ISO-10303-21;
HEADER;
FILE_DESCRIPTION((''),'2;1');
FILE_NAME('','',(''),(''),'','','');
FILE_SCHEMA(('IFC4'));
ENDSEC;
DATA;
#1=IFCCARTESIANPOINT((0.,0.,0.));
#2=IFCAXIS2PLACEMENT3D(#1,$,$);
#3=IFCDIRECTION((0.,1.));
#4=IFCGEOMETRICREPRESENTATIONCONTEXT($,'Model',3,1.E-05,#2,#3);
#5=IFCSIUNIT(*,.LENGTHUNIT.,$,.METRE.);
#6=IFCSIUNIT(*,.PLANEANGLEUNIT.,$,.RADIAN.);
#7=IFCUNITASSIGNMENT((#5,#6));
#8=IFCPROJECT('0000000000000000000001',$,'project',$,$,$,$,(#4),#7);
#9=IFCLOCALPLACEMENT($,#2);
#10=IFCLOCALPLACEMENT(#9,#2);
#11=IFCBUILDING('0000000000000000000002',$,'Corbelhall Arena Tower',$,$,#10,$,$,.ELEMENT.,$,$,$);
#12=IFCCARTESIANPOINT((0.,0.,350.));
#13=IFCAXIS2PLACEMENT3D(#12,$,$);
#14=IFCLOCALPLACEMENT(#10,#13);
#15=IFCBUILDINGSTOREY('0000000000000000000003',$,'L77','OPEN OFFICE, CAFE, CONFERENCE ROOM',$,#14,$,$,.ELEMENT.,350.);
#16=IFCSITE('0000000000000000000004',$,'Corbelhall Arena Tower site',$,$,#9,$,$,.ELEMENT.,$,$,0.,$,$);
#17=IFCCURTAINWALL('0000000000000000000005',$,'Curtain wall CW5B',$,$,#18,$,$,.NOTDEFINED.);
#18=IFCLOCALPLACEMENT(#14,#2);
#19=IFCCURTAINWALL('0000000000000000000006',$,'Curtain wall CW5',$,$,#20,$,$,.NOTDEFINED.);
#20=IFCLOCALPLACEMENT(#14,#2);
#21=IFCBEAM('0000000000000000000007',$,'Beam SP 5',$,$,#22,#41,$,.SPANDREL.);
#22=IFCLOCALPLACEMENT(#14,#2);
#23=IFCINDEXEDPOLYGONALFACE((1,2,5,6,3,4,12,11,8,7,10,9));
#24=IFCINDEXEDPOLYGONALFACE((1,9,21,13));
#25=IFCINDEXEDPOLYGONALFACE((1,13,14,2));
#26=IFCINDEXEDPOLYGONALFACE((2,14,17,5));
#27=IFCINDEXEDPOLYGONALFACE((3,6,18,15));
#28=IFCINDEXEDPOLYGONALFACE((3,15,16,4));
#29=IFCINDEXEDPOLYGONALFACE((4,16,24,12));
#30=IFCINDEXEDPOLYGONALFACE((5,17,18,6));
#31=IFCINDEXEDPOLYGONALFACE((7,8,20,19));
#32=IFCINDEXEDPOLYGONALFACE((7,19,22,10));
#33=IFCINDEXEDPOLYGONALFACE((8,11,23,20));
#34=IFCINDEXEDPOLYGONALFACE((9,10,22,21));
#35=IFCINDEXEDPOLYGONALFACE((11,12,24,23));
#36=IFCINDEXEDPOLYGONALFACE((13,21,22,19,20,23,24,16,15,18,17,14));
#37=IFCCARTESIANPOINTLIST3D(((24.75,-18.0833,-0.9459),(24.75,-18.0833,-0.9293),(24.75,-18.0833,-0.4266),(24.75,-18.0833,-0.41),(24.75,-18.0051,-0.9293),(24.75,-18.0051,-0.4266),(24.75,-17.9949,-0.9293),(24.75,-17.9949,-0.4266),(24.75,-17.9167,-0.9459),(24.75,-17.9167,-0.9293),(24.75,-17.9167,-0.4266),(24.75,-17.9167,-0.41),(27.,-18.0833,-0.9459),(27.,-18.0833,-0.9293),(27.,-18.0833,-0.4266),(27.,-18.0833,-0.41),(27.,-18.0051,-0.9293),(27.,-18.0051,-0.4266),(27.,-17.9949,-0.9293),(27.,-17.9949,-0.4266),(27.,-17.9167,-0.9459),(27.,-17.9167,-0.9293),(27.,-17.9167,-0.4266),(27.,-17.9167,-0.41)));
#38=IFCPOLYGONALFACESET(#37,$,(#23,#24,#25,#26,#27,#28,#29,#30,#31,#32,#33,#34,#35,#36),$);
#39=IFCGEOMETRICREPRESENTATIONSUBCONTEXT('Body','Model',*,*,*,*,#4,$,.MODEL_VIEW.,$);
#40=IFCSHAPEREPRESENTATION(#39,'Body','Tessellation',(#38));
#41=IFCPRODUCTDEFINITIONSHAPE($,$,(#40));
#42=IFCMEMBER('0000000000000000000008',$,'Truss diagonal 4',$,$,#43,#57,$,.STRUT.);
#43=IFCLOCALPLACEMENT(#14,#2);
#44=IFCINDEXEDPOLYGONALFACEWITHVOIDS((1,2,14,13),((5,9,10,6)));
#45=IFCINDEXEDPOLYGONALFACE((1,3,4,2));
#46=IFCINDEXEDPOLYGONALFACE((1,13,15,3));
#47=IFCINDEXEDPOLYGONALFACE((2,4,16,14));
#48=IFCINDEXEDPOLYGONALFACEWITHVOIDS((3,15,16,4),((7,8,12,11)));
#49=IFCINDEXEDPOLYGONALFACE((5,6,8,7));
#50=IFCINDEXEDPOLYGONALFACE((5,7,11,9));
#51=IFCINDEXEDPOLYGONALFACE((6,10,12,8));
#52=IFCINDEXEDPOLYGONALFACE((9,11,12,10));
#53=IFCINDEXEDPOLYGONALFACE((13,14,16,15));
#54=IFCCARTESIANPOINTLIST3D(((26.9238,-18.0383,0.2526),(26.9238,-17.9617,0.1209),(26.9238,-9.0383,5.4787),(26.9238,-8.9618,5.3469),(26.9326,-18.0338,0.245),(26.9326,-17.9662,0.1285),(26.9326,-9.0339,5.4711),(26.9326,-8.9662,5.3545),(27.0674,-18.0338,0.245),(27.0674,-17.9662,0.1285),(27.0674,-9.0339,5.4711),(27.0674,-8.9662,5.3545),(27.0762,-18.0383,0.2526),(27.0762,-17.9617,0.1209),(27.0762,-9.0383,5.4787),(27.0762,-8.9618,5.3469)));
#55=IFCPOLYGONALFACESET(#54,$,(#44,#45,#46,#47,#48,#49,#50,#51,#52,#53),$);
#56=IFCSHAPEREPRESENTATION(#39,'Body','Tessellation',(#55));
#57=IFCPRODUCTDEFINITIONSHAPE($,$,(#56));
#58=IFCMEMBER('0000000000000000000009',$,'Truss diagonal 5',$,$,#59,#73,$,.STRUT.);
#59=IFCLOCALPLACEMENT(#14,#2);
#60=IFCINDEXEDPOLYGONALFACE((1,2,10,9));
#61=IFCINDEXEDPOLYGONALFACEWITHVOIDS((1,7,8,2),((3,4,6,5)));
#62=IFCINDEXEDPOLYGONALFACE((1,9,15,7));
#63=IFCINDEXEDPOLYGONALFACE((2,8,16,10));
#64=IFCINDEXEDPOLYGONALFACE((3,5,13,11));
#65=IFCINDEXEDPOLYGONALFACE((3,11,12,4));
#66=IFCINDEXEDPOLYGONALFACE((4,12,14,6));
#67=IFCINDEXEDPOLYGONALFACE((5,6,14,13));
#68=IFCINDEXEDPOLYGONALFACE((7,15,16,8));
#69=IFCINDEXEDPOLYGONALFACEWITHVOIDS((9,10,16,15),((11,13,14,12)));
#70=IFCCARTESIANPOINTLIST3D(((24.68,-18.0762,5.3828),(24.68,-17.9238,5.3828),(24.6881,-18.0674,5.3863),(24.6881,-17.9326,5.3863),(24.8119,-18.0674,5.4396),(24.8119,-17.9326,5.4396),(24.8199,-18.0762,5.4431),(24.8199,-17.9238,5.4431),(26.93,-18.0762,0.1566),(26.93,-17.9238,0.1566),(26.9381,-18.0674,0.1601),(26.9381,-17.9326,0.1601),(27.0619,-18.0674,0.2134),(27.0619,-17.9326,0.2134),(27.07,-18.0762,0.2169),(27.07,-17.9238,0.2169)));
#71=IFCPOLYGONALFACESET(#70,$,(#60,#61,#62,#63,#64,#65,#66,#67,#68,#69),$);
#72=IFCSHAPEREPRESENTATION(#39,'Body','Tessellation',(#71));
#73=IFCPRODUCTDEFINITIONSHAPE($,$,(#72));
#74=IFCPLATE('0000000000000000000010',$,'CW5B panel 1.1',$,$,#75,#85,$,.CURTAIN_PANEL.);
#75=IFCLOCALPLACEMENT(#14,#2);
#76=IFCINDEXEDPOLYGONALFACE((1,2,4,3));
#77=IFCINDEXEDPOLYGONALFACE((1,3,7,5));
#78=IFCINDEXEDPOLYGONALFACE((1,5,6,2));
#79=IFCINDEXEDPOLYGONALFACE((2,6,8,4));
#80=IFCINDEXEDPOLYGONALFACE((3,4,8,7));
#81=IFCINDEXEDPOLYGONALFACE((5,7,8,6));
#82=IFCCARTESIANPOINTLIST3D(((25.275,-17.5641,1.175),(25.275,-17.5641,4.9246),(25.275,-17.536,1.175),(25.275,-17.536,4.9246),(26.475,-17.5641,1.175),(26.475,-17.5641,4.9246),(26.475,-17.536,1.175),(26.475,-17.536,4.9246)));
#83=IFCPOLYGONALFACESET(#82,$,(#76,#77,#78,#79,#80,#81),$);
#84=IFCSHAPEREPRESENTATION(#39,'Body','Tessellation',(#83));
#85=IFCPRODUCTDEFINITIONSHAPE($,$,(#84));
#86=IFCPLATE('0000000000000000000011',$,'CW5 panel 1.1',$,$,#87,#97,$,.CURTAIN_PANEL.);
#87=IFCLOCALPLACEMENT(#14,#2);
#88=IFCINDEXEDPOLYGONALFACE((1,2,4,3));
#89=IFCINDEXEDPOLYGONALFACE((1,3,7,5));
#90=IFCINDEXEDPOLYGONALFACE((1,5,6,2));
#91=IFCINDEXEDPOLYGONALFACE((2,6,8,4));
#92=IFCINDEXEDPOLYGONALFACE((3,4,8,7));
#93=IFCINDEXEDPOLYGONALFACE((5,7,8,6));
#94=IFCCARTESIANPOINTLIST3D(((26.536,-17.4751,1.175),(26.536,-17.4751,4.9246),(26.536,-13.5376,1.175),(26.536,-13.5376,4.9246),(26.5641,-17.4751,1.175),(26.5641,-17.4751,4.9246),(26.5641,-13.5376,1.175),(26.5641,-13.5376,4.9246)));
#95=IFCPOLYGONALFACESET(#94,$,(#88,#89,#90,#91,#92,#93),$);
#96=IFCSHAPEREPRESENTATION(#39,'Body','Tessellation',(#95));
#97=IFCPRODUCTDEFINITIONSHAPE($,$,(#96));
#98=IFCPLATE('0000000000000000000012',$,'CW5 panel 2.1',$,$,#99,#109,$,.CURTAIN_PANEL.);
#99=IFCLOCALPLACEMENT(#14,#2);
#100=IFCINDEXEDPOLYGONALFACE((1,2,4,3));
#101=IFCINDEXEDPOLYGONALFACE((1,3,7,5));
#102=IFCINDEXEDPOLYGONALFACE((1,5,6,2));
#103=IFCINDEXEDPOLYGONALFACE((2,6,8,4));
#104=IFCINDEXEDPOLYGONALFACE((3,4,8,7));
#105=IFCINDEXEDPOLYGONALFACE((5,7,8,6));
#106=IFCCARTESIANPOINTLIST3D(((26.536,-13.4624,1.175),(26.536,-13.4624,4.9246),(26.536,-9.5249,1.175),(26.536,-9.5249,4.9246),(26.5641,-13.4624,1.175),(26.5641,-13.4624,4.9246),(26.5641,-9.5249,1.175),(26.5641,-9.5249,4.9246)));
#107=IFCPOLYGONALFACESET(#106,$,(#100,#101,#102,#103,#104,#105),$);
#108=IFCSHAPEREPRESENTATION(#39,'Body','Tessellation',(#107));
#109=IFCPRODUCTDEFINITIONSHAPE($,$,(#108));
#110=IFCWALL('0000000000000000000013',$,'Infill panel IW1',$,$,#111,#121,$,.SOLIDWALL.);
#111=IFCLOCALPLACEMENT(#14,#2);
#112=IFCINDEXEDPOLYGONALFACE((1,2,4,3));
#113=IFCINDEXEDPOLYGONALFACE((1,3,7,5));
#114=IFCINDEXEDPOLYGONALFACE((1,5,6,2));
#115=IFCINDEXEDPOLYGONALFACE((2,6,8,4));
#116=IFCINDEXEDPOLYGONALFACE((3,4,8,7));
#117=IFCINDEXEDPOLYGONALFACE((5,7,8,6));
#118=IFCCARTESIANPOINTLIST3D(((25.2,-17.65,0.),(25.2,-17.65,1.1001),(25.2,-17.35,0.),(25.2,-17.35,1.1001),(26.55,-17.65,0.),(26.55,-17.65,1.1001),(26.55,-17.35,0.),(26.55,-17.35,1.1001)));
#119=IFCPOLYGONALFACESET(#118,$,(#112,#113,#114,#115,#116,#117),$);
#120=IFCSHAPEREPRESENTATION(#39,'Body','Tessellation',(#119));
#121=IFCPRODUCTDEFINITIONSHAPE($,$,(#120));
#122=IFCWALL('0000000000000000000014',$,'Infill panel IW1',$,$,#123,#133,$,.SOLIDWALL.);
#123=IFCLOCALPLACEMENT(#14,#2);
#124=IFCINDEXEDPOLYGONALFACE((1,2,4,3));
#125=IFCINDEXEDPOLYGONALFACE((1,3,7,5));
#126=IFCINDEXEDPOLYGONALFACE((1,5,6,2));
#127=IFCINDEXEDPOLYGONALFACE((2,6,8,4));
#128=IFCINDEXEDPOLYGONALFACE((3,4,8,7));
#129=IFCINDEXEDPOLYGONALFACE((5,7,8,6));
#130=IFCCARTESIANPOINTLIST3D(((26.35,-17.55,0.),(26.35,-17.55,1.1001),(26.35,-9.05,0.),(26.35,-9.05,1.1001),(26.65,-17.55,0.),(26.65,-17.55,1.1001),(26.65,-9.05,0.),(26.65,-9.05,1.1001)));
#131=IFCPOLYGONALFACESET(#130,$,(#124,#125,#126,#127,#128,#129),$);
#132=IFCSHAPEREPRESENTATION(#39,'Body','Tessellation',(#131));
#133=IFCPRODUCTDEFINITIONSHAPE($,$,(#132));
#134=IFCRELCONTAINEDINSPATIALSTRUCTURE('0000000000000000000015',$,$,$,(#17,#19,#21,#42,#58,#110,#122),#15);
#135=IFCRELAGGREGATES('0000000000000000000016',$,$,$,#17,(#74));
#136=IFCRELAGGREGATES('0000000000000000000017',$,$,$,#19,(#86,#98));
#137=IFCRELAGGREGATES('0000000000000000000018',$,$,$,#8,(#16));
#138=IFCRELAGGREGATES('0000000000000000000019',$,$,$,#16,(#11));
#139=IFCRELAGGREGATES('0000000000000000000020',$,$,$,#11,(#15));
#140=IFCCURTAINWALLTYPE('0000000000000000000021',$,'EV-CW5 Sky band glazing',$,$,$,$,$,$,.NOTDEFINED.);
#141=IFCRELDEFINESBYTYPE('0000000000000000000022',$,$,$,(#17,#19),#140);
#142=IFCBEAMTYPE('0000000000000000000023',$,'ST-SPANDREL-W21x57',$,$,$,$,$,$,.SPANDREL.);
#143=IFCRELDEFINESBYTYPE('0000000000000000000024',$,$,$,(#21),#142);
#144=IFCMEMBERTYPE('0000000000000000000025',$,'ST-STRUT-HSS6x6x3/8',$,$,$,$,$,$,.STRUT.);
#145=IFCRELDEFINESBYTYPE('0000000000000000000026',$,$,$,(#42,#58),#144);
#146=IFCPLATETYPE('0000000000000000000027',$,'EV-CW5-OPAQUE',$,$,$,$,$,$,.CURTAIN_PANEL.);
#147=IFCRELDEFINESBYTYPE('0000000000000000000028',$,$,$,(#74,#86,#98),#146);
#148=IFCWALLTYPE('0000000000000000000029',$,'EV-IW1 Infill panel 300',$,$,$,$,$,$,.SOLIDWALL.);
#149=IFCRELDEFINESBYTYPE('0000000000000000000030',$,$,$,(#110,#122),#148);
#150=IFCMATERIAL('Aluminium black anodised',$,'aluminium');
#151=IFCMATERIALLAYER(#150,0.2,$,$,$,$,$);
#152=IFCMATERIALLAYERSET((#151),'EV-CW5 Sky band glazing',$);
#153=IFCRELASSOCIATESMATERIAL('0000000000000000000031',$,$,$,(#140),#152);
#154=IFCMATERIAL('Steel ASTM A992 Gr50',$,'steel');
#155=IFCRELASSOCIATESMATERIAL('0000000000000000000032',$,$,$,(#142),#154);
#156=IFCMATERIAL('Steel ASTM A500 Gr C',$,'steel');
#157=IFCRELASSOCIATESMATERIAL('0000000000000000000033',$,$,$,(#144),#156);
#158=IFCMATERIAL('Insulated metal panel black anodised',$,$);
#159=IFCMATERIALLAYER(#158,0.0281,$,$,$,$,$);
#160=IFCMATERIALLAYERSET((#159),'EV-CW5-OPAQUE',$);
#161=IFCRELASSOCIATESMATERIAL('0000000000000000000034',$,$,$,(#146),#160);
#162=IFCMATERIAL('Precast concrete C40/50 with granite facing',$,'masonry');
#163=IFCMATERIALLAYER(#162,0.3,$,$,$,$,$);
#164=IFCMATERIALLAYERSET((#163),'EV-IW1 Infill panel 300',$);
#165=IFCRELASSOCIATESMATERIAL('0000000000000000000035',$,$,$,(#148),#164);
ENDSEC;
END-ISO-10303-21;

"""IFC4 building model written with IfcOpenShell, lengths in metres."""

from ifc_helpers import new_model, si_unit, direction, frame, frame_2d, origin, origin_2d, place, context, subcontext, project, spatial, rectangle, hollow_rectangle, i_section, extrude, material, layer, layer_set, material_profile, profile_set, type_object, element, aggregate, save


model = new_model("IFC4")

# Units and contexts
model_context = context("Model", 3, precision=1e-05, world=origin(), true_north=direction((0.0, 1.0)))
body_context = subcontext(model_context, "Body", "Model", "MODEL_VIEW")
ifc_project = project(units=[si_unit("LENGTHUNIT", "METRE"), si_unit("PLANEANGLEUNIT", "RADIAN")], contexts=[model_context])

# Site, building, storey
site_placement = place(None, origin())
site = spatial("IfcSite", under=ifc_project, at=site_placement, Name="Corbelhall Arena Tower site", CompositionType="ELEMENT", RefElevation=0.0)
building_placement = place(site_placement, origin())
building = spatial("IfcBuilding", under=site, at=building_placement, Name="Corbelhall Arena Tower", CompositionType="ELEMENT")
storey_placement = place(building_placement, frame((0.0, 0.0, 350.0)))
storey = spatial("IfcBuildingStorey", under=building, at=storey_placement, Name="L77", Description="OPEN OFFICE, CAFE, CONFERENCE ROOM", CompositionType="ELEMENT", Elevation=350.0)

# Curtain walls
ifc_material_1 = material(Name="Aluminium black anodised", Category="aluminium")
ifc_layer_1 = layer(ifc_material_1, 0.2)
ifc_layer_set_1 = layer_set([ifc_layer_1], Name="EV-CW5 Sky band glazing")
curtain_wall_type = type_object("IfcCurtainWallType", Name="EV-CW5 Sky band glazing", PredefinedType="NOTDEFINED", material=ifc_layer_set_1)
curtain_wall_1_placement = place(storey_placement, origin())
curtain_wall_1 = element("IfcCurtainWall", 1, at=curtain_wall_1_placement, inside=storey, type_object=curtain_wall_type, Name="Curtain wall CW5B", PredefinedType="NOTDEFINED")
curtain_wall_2_placement = place(storey_placement, origin())
curtain_wall_2 = element("IfcCurtainWall", 2, at=curtain_wall_2_placement, inside=storey, type_object=curtain_wall_type, Name="Curtain wall CW5", PredefinedType="NOTDEFINED")

# Shared definitions
ifc_material_2 = material(Name="Steel ASTM A992 Gr50", Category="steel")

# Beam
ifc_material_profile_1 = material_profile(ifc_material_2, i_section(OverallWidth=0.1665, OverallDepth=0.5359, WebThickness=0.0103, FlangeThickness=0.0166, at=origin_2d()))
ifc_profile_set_1 = profile_set([ifc_material_profile_1], Name="Steel ASTM A992 Gr50")
beam_type = type_object("IfcBeamType", Name="ST-SPANDREL-W21x57", PredefinedType="SPANDREL", material=ifc_profile_set_1)
beam_placement = place(storey_placement, frame((27.0, -18.0, -0.678), z_axis=(-1.0, 0.0, 0.0), x_axis=(0.0, -1.0, 0.0)))
element("IfcBeam", 3, at=beam_placement, inside=storey, type_object=beam_type, Name="Beam SP 5", PredefinedType="SPANDREL", context=body_context, shape_type="SweptSolid", body=[
    extrude(i_section(OverallWidth=0.1665, OverallDepth=0.5359, WebThickness=0.0103, FlangeThickness=0.0166, at=origin_2d()), origin(), (0.0, 0.0, 1.0), 2.25),
])

# Members
ifc_material_3 = material(Name="Steel ASTM A500 Gr C", Category="steel")
ifc_material_profile_2 = material_profile(ifc_material_3, hollow_rectangle(XDim=0.1523, YDim=0.1523, WallThickness=0.0088, at=origin_2d()))
ifc_profile_set_2 = profile_set([ifc_material_profile_2], Name="Steel ASTM A500 Gr C")
member_type_1 = type_object("IfcMemberType", Name="ST-STRUT-HSS6x6x3/8", PredefinedType="STRUT", material=ifc_profile_set_2)
member_1_placement = place(storey_placement, frame((27.0, -18.0, 0.1868), z_axis=(0.0, 0.864778, 0.502155), x_axis=(-1.0, 0.0, 0.0)))
element("IfcMember", 4, at=member_1_placement, inside=storey, type_object=member_type_1, Name="Truss diagonal 4", PredefinedType="STRUT", context=body_context, shape_type="SweptSolid", body=[
    extrude(hollow_rectangle(XDim=0.1523, YDim=0.1523, WallThickness=0.0088, at=origin_2d()), origin(), (0.0, 0.0, 1.0), 10.4072),
])
member_2_placement = place(storey_placement, frame((27.0, -18.0, 0.1868), z_axis=(-0.395441, 0.0, 0.918491), x_axis=(0.0, -1.0, 0.0)))
element("IfcMember", 5, at=member_2_placement, inside=storey, type_object=member_type_1, Name="Truss diagonal 5", PredefinedType="STRUT", context=body_context, shape_type="SweptSolid", body=[
    extrude(hollow_rectangle(XDim=0.1523, YDim=0.1523, WallThickness=0.0088, at=origin_2d()), origin(), (0.0, 0.0, 1.0), 5.6899),
])

# Plates
ifc_material_4 = material(Name="Insulated metal panel black anodised")
ifc_layer_2 = layer(ifc_material_4, 0.0281)
ifc_layer_set_2 = layer_set([ifc_layer_2], Name="EV-CW5-OPAQUE")
plate_type = type_object("IfcPlateType", Name="EV-CW5-OPAQUE", PredefinedType="CURTAIN_PANEL", material=ifc_layer_set_2)
plate_1_placement = place(storey_placement, frame((25.875, -17.55, 1.175), z_axis=(0.0, 0.0, 1.0), x_axis=(1.0, 0.0, 0.0)))
plate_1 = element("IfcPlate", 6, at=plate_1_placement, type_object=plate_type, Name="CW5B panel 1.1", PredefinedType="CURTAIN_PANEL", context=body_context, shape_type="SweptSolid", body=[
    extrude(rectangle(XDim=1.2, YDim=0.0281, at=origin_2d()), origin(), (0.0, 0.0, 1.0), 3.7495),
])
aggregate(curtain_wall_1, [plate_1])
plate_2_placement = place(storey_placement, frame((26.55, -15.5063, 1.175), z_axis=(0.0, 0.0, 1.0), x_axis=(0.0, 1.0, 0.0)))
plate_2 = element("IfcPlate", 7, at=plate_2_placement, type_object=plate_type, Name="CW5 panel 1.1", PredefinedType="CURTAIN_PANEL", context=body_context, shape_type="SweptSolid", body=[
    extrude(rectangle(XDim=3.9375, YDim=0.0281, at=origin_2d()), origin(), (0.0, 0.0, 1.0), 3.7495),
])
plate_3_placement = place(storey_placement, frame((26.55, -11.4937, 1.175), z_axis=(0.0, 0.0, 1.0), x_axis=(0.0, 1.0, 0.0)))
plate_3 = element("IfcPlate", 8, at=plate_3_placement, type_object=plate_type, Name="CW5 panel 2.1", PredefinedType="CURTAIN_PANEL", context=body_context, shape_type="SweptSolid", body=[
    extrude(rectangle(XDim=3.9375, YDim=0.0281, at=origin_2d()), origin(), (0.0, 0.0, 1.0), 3.7495),
])
aggregate(curtain_wall_2, [plate_2, plate_3])

# Walls
ifc_material_5 = material(Name="Precast concrete C40/50 with granite facing", Category="masonry")
ifc_layer_3 = layer(ifc_material_5, 0.3)
ifc_layer_set_3 = layer_set([ifc_layer_3], Name="EV-IW1 Infill panel 300")
wall_type = type_object("IfcWallType", Name="EV-IW1 Infill panel 300", PredefinedType="SOLIDWALL", material=ifc_layer_set_3)
wall_1_placement = place(storey_placement, frame((25.2, -17.5, 0.0), z_axis=(0.0, 0.0, 1.0), x_axis=(1.0, 0.0, 0.0)))
element("IfcWall", 9, at=wall_1_placement, inside=storey, type_object=wall_type, Name="Infill panel IW1", PredefinedType="SOLIDWALL", context=body_context, shape_type="SweptSolid", body=[
    extrude(rectangle(XDim=1.3501, YDim=0.3, at=frame_2d((0.675, 0.0))), origin(), (0.0, 0.0, 1.0), 1.1001),
])
wall_2_placement = place(storey_placement, frame((26.5, -17.55, 0.0), z_axis=(0.0, 0.0, 1.0), x_axis=(0.0, 1.0, 0.0)))
element("IfcWall", 10, at=wall_2_placement, inside=storey, type_object=wall_type, Name="Infill panel IW1", PredefinedType="SOLIDWALL", context=body_context, shape_type="SweptSolid", body=[
    extrude(rectangle(XDim=8.5, YDim=0.3, at=frame_2d((4.25, 0.0))), origin(), (0.0, 0.0, 1.0), 1.1001),
])

save(model, "model.ifc")
